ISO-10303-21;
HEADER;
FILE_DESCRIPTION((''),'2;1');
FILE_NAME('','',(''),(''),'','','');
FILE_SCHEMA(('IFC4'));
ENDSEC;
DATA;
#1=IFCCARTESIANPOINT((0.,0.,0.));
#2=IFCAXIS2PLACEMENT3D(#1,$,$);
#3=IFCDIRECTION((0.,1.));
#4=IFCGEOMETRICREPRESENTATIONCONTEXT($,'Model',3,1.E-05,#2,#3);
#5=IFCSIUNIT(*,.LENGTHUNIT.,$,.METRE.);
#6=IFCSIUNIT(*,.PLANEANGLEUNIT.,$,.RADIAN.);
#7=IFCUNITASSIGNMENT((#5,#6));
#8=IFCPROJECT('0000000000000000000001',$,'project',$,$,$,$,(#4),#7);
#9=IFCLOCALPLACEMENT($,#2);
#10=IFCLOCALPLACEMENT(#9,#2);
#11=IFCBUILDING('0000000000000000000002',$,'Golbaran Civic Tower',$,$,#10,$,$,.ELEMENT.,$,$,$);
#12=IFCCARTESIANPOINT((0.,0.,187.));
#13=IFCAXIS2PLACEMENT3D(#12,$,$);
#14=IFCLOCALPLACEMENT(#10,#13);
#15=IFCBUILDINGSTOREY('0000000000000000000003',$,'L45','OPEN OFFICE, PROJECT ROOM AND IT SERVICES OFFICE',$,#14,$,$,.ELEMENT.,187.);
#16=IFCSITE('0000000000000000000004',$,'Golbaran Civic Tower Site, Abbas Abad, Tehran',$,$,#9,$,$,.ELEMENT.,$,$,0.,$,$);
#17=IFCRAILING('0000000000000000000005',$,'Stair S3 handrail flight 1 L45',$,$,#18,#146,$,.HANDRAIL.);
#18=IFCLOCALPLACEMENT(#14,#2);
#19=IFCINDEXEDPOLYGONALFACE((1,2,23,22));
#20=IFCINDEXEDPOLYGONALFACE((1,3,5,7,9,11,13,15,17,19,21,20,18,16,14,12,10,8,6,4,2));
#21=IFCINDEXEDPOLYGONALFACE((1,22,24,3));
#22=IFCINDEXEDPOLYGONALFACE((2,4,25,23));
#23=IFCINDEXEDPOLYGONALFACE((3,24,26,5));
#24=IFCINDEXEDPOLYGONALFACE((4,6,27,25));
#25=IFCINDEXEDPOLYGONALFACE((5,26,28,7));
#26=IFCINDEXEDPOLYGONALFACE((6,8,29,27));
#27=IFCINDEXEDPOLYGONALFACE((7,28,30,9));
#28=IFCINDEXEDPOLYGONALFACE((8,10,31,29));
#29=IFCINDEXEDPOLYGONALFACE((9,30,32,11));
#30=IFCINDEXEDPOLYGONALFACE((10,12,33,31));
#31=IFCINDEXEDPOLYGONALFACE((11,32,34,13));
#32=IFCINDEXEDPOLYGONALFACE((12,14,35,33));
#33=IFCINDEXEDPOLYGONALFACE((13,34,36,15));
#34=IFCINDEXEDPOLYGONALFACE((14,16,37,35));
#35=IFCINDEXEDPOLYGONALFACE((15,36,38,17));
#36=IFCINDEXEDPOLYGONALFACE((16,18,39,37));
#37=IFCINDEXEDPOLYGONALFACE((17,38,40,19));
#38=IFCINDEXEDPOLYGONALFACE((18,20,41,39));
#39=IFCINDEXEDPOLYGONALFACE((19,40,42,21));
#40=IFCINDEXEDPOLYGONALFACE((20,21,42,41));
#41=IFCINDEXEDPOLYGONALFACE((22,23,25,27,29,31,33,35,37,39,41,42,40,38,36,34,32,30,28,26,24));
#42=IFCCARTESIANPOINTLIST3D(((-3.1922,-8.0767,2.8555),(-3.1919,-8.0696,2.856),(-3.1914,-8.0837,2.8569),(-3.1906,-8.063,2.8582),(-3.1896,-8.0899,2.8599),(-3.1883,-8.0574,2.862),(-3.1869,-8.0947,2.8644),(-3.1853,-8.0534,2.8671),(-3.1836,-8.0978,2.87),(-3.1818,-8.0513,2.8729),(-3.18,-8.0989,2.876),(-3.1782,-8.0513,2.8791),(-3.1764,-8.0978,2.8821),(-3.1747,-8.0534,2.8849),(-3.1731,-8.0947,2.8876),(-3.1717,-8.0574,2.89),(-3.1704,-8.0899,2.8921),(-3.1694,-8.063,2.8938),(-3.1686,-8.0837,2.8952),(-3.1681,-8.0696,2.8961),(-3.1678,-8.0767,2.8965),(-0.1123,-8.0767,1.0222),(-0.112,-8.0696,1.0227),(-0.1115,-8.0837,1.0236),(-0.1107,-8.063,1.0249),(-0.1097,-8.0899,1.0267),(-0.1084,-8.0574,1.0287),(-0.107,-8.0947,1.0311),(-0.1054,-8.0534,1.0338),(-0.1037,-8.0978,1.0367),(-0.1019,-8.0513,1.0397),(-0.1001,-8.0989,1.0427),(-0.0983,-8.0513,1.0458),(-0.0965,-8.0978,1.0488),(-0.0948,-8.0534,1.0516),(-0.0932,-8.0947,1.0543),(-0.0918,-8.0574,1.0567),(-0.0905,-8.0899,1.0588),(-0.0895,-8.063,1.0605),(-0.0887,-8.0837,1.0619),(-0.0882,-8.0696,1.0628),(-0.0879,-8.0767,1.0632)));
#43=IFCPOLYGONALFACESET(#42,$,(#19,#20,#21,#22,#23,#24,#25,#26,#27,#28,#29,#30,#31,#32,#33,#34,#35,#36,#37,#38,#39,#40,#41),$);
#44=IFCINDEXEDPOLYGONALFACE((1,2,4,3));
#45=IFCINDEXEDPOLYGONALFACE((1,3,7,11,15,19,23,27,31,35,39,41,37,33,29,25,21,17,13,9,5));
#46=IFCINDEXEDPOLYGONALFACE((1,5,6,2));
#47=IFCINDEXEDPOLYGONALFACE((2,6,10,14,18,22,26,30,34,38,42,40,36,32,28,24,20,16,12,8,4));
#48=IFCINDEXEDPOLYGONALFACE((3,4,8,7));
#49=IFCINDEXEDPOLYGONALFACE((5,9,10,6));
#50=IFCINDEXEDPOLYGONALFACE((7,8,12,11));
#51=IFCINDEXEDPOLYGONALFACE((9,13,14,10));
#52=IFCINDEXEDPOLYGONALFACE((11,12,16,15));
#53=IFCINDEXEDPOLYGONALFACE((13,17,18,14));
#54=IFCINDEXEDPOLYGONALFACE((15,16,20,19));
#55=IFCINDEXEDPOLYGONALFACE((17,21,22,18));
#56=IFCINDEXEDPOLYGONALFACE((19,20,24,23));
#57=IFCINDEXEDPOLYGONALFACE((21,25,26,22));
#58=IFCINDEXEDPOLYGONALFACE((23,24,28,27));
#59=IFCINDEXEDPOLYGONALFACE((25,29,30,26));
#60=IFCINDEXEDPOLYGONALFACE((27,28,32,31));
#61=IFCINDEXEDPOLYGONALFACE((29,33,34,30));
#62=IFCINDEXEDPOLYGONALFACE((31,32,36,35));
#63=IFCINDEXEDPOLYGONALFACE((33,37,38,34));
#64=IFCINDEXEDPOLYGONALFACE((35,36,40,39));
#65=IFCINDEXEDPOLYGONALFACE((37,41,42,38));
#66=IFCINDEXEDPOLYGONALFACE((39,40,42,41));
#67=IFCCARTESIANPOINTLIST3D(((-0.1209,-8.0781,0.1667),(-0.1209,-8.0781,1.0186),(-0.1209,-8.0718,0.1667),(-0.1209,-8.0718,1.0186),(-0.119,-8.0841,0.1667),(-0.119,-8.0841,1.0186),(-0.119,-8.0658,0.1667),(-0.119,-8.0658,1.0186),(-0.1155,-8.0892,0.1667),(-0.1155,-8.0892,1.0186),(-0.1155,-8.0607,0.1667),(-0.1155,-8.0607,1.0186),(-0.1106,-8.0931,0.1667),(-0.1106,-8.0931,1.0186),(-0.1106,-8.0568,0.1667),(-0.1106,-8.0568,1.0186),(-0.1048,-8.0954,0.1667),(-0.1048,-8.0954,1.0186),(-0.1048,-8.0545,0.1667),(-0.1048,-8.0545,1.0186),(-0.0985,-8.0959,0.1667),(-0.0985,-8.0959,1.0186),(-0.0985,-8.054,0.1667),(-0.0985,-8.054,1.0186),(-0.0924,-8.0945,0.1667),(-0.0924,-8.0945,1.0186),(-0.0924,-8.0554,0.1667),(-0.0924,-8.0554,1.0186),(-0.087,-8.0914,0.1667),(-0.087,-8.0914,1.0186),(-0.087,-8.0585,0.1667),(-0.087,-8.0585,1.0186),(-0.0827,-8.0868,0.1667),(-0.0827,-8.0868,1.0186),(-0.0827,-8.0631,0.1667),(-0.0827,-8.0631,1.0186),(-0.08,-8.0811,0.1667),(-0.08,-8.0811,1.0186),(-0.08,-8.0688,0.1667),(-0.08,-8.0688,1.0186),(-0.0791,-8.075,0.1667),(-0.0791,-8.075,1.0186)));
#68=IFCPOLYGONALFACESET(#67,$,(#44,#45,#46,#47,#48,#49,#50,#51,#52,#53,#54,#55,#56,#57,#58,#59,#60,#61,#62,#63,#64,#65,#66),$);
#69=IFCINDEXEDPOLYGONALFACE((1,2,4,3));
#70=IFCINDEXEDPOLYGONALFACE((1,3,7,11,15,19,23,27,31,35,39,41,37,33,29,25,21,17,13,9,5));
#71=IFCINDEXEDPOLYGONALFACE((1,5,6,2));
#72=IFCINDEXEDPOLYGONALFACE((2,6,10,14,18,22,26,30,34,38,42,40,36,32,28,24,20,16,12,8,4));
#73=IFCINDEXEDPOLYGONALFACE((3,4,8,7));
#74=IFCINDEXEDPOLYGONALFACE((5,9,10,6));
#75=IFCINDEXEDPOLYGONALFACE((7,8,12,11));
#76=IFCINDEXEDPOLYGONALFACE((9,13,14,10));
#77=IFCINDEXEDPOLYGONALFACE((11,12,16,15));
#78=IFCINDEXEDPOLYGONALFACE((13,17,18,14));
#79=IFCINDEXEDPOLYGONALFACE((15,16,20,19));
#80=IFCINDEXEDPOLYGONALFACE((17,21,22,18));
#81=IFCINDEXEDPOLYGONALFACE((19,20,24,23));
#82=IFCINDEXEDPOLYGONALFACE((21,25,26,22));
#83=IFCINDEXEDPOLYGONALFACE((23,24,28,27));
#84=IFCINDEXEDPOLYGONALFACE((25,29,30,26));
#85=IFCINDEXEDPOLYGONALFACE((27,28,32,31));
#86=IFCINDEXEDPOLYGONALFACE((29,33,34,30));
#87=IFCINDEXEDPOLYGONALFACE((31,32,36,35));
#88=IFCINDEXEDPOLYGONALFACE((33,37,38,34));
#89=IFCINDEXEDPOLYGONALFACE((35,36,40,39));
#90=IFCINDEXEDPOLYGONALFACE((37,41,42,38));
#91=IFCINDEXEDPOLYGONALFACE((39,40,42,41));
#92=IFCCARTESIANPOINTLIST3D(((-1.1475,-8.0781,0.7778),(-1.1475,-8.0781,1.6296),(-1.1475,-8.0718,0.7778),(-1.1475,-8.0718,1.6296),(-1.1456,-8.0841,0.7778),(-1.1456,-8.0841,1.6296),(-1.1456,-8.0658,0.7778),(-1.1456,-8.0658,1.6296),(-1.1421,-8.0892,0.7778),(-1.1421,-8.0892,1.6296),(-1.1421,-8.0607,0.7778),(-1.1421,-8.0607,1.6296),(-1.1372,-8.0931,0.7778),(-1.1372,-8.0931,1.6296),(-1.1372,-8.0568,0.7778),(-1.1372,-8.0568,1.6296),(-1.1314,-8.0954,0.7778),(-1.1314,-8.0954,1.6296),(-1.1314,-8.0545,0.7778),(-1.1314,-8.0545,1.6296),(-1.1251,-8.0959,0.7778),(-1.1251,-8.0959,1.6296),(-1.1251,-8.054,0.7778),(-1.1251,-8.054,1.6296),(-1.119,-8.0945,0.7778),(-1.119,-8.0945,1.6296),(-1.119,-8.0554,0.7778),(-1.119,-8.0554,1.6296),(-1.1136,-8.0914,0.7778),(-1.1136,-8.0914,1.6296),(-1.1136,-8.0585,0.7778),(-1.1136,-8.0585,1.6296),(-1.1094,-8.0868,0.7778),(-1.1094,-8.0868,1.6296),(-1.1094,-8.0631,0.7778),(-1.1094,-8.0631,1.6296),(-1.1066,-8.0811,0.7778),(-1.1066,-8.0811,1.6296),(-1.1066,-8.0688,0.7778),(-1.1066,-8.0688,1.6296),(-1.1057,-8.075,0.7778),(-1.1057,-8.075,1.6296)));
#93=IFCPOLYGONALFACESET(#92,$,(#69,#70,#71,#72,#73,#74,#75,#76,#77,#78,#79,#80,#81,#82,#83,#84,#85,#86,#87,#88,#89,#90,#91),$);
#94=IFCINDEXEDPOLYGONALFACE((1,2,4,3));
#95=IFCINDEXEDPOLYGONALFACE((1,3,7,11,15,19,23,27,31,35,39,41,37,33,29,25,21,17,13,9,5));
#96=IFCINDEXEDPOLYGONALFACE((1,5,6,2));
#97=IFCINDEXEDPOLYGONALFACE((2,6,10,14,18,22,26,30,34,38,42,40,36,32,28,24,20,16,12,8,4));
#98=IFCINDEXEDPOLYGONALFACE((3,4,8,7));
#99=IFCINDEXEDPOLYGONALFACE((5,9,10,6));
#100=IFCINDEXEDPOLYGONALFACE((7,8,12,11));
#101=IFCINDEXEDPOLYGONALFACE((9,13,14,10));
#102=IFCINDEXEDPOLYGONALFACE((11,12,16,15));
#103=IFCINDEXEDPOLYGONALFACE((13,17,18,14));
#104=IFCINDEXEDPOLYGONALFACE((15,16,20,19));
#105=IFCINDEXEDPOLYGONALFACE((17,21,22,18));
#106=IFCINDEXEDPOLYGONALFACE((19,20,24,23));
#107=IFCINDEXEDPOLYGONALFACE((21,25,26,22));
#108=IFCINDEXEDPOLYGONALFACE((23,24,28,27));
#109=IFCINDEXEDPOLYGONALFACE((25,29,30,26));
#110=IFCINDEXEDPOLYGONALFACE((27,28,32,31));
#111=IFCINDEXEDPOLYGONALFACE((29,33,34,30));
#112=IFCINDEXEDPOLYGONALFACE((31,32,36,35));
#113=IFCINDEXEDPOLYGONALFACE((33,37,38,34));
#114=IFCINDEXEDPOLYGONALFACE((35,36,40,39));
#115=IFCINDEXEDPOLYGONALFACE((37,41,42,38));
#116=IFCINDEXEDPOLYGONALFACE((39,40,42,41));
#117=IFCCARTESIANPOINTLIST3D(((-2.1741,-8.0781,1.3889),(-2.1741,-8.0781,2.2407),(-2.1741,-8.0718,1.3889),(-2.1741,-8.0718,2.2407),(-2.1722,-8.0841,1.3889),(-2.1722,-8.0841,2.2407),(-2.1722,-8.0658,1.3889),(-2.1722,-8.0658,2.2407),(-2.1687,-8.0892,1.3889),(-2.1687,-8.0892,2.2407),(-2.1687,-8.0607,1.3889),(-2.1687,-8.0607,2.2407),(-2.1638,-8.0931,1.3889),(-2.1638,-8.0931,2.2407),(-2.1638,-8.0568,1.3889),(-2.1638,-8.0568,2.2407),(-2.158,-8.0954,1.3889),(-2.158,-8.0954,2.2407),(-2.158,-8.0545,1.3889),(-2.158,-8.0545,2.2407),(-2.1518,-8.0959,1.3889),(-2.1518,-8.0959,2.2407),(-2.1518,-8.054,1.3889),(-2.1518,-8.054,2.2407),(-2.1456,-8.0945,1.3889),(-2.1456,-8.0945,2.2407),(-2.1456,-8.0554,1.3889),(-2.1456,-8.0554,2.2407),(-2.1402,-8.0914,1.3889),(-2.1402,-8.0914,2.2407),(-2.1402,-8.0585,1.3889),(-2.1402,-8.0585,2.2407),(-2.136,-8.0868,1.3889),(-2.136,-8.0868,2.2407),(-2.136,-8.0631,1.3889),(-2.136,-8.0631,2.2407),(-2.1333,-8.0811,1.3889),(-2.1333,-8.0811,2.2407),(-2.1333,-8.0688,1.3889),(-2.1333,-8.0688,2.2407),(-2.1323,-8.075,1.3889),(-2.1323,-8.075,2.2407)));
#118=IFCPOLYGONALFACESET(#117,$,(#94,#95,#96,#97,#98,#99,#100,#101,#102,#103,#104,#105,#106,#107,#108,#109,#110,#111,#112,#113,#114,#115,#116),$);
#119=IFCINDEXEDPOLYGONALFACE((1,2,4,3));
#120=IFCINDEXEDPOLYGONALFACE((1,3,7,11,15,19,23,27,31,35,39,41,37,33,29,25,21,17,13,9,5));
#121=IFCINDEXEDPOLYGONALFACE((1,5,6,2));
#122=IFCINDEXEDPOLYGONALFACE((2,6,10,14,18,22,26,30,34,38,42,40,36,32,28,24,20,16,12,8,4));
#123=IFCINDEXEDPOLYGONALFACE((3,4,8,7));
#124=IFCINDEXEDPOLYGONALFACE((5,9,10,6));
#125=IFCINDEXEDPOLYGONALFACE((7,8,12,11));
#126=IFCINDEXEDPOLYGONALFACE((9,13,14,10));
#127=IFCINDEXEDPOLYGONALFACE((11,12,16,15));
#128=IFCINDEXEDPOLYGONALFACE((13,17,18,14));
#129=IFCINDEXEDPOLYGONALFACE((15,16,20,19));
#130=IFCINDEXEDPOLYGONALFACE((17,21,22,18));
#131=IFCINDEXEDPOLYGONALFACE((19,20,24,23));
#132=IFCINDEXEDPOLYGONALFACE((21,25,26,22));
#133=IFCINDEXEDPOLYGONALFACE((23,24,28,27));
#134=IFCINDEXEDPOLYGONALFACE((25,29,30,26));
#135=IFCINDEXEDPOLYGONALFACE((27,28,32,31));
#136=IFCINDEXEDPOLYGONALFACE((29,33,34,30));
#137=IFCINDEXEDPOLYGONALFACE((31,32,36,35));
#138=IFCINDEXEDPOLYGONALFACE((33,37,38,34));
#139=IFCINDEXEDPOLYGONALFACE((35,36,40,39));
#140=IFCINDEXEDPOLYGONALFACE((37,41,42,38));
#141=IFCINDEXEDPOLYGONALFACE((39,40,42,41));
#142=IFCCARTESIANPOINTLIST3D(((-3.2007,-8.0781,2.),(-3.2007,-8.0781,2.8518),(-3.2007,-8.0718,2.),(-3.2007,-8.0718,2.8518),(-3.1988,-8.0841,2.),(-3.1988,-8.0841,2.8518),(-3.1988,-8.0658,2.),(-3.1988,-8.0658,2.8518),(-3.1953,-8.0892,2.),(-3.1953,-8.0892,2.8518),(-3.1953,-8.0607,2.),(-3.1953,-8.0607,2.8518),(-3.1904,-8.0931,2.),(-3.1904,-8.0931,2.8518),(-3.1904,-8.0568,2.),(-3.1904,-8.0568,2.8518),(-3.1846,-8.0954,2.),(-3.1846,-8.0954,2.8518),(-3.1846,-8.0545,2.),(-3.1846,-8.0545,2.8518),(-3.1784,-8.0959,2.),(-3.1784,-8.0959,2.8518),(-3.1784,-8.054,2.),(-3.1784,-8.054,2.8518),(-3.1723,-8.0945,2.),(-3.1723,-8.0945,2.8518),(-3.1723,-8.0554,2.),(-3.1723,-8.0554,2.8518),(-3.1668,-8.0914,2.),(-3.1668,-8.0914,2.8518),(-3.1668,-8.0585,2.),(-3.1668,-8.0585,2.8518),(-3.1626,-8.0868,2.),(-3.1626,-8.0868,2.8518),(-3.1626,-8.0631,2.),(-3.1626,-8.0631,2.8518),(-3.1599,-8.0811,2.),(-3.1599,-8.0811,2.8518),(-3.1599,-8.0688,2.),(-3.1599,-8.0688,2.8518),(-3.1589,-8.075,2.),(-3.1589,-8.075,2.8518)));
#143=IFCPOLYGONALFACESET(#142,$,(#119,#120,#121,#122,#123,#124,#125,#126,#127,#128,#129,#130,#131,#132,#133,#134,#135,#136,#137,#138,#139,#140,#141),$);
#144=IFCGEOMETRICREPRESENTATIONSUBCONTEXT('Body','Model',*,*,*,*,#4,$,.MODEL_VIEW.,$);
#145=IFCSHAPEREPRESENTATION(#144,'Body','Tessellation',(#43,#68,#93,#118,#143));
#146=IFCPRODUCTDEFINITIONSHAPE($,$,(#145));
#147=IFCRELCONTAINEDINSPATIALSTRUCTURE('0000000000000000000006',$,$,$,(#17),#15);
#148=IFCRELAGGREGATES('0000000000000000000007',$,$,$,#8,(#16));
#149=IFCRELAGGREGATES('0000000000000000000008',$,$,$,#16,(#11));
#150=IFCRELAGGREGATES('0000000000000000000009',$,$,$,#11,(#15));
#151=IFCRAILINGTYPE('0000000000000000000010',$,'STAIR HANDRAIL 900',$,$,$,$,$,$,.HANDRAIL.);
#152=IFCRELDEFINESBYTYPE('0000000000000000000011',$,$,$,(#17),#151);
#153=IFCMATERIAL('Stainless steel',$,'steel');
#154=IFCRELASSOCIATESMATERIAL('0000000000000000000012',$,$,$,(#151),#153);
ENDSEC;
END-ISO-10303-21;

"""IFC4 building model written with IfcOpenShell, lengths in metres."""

from ifc_helpers import new_model, si_unit, direction, frame, origin, origin_2d, place, context, subcontext, project, spatial, circle, extrude, material, type_object, element, save


model = new_model("IFC4")

# Units and contexts
model_context = context("Model", 3, precision=1e-05, world=origin(), true_north=direction((0.0, 1.0)))
body_context = subcontext(model_context, "Body", "Model", "MODEL_VIEW")
ifc_project = project(units=[si_unit("LENGTHUNIT", "METRE"), si_unit("PLANEANGLEUNIT", "RADIAN")], contexts=[model_context])

# Site, building, storey
site_placement = place(None, origin())
site = spatial("IfcSite", under=ifc_project, at=site_placement, Name="Golbaran Civic Tower Site, Abbas Abad, Tehran", CompositionType="ELEMENT", RefElevation=0.0)
building_placement = place(site_placement, origin())
building = spatial("IfcBuilding", under=site, at=building_placement, Name="Golbaran Civic Tower", CompositionType="ELEMENT")
storey_placement = place(building_placement, frame((0.0, 0.0, 187.0)))
storey = spatial("IfcBuildingStorey", under=building, at=storey_placement, Name="L45", Description="OPEN OFFICE, PROJECT ROOM AND IT SERVICES OFFICE", CompositionType="ELEMENT", Elevation=187.0)

# Shared definitions
ifc_material_1 = material(Name="Stainless steel", Category="steel")

# Railing
railing_type = type_object("IfcRailingType", Name="STAIR HANDRAIL 900", PredefinedType="HANDRAIL", material=ifc_material_1)
railing_1_placement = place(storey_placement, frame((-0.1001, -8.075, 0.1667)))
element("IfcRailing", 1, at=railing_1_placement, inside=storey, type_object=railing_type, Name="Stair S3 handrail flight 1 L45", PredefinedType="HANDRAIL", context=body_context, shape_type="SweptSolid", body=[
    extrude(circle(Radius=0.0239, at=origin_2d()), frame((0.0, 0.0, 0.876), z_axis=(-0.859291, 0.0, 0.511487), x_axis=(0.0, -1.0, 0.0)), (0.0, 0.0, 1.0), 3.5842),
    extrude(circle(Radius=0.021, at=origin_2d()), origin(), (0.0, 0.0, 1.0), 0.8518),
    extrude(circle(Radius=0.021, at=origin_2d()), frame((-1.0266, 0.0, 0.6111)), (0.0, 0.0, 1.0), 0.8518),
    extrude(circle(Radius=0.021, at=origin_2d()), frame((-2.0532, 0.0, 1.2222)), (0.0, 0.0, 1.0), 0.8518),
    extrude(circle(Radius=0.021, at=origin_2d()), frame((-3.0798, 0.0, 1.8333)), (0.0, 0.0, 1.0), 0.8518),
])

save(model, "model.ifc")
